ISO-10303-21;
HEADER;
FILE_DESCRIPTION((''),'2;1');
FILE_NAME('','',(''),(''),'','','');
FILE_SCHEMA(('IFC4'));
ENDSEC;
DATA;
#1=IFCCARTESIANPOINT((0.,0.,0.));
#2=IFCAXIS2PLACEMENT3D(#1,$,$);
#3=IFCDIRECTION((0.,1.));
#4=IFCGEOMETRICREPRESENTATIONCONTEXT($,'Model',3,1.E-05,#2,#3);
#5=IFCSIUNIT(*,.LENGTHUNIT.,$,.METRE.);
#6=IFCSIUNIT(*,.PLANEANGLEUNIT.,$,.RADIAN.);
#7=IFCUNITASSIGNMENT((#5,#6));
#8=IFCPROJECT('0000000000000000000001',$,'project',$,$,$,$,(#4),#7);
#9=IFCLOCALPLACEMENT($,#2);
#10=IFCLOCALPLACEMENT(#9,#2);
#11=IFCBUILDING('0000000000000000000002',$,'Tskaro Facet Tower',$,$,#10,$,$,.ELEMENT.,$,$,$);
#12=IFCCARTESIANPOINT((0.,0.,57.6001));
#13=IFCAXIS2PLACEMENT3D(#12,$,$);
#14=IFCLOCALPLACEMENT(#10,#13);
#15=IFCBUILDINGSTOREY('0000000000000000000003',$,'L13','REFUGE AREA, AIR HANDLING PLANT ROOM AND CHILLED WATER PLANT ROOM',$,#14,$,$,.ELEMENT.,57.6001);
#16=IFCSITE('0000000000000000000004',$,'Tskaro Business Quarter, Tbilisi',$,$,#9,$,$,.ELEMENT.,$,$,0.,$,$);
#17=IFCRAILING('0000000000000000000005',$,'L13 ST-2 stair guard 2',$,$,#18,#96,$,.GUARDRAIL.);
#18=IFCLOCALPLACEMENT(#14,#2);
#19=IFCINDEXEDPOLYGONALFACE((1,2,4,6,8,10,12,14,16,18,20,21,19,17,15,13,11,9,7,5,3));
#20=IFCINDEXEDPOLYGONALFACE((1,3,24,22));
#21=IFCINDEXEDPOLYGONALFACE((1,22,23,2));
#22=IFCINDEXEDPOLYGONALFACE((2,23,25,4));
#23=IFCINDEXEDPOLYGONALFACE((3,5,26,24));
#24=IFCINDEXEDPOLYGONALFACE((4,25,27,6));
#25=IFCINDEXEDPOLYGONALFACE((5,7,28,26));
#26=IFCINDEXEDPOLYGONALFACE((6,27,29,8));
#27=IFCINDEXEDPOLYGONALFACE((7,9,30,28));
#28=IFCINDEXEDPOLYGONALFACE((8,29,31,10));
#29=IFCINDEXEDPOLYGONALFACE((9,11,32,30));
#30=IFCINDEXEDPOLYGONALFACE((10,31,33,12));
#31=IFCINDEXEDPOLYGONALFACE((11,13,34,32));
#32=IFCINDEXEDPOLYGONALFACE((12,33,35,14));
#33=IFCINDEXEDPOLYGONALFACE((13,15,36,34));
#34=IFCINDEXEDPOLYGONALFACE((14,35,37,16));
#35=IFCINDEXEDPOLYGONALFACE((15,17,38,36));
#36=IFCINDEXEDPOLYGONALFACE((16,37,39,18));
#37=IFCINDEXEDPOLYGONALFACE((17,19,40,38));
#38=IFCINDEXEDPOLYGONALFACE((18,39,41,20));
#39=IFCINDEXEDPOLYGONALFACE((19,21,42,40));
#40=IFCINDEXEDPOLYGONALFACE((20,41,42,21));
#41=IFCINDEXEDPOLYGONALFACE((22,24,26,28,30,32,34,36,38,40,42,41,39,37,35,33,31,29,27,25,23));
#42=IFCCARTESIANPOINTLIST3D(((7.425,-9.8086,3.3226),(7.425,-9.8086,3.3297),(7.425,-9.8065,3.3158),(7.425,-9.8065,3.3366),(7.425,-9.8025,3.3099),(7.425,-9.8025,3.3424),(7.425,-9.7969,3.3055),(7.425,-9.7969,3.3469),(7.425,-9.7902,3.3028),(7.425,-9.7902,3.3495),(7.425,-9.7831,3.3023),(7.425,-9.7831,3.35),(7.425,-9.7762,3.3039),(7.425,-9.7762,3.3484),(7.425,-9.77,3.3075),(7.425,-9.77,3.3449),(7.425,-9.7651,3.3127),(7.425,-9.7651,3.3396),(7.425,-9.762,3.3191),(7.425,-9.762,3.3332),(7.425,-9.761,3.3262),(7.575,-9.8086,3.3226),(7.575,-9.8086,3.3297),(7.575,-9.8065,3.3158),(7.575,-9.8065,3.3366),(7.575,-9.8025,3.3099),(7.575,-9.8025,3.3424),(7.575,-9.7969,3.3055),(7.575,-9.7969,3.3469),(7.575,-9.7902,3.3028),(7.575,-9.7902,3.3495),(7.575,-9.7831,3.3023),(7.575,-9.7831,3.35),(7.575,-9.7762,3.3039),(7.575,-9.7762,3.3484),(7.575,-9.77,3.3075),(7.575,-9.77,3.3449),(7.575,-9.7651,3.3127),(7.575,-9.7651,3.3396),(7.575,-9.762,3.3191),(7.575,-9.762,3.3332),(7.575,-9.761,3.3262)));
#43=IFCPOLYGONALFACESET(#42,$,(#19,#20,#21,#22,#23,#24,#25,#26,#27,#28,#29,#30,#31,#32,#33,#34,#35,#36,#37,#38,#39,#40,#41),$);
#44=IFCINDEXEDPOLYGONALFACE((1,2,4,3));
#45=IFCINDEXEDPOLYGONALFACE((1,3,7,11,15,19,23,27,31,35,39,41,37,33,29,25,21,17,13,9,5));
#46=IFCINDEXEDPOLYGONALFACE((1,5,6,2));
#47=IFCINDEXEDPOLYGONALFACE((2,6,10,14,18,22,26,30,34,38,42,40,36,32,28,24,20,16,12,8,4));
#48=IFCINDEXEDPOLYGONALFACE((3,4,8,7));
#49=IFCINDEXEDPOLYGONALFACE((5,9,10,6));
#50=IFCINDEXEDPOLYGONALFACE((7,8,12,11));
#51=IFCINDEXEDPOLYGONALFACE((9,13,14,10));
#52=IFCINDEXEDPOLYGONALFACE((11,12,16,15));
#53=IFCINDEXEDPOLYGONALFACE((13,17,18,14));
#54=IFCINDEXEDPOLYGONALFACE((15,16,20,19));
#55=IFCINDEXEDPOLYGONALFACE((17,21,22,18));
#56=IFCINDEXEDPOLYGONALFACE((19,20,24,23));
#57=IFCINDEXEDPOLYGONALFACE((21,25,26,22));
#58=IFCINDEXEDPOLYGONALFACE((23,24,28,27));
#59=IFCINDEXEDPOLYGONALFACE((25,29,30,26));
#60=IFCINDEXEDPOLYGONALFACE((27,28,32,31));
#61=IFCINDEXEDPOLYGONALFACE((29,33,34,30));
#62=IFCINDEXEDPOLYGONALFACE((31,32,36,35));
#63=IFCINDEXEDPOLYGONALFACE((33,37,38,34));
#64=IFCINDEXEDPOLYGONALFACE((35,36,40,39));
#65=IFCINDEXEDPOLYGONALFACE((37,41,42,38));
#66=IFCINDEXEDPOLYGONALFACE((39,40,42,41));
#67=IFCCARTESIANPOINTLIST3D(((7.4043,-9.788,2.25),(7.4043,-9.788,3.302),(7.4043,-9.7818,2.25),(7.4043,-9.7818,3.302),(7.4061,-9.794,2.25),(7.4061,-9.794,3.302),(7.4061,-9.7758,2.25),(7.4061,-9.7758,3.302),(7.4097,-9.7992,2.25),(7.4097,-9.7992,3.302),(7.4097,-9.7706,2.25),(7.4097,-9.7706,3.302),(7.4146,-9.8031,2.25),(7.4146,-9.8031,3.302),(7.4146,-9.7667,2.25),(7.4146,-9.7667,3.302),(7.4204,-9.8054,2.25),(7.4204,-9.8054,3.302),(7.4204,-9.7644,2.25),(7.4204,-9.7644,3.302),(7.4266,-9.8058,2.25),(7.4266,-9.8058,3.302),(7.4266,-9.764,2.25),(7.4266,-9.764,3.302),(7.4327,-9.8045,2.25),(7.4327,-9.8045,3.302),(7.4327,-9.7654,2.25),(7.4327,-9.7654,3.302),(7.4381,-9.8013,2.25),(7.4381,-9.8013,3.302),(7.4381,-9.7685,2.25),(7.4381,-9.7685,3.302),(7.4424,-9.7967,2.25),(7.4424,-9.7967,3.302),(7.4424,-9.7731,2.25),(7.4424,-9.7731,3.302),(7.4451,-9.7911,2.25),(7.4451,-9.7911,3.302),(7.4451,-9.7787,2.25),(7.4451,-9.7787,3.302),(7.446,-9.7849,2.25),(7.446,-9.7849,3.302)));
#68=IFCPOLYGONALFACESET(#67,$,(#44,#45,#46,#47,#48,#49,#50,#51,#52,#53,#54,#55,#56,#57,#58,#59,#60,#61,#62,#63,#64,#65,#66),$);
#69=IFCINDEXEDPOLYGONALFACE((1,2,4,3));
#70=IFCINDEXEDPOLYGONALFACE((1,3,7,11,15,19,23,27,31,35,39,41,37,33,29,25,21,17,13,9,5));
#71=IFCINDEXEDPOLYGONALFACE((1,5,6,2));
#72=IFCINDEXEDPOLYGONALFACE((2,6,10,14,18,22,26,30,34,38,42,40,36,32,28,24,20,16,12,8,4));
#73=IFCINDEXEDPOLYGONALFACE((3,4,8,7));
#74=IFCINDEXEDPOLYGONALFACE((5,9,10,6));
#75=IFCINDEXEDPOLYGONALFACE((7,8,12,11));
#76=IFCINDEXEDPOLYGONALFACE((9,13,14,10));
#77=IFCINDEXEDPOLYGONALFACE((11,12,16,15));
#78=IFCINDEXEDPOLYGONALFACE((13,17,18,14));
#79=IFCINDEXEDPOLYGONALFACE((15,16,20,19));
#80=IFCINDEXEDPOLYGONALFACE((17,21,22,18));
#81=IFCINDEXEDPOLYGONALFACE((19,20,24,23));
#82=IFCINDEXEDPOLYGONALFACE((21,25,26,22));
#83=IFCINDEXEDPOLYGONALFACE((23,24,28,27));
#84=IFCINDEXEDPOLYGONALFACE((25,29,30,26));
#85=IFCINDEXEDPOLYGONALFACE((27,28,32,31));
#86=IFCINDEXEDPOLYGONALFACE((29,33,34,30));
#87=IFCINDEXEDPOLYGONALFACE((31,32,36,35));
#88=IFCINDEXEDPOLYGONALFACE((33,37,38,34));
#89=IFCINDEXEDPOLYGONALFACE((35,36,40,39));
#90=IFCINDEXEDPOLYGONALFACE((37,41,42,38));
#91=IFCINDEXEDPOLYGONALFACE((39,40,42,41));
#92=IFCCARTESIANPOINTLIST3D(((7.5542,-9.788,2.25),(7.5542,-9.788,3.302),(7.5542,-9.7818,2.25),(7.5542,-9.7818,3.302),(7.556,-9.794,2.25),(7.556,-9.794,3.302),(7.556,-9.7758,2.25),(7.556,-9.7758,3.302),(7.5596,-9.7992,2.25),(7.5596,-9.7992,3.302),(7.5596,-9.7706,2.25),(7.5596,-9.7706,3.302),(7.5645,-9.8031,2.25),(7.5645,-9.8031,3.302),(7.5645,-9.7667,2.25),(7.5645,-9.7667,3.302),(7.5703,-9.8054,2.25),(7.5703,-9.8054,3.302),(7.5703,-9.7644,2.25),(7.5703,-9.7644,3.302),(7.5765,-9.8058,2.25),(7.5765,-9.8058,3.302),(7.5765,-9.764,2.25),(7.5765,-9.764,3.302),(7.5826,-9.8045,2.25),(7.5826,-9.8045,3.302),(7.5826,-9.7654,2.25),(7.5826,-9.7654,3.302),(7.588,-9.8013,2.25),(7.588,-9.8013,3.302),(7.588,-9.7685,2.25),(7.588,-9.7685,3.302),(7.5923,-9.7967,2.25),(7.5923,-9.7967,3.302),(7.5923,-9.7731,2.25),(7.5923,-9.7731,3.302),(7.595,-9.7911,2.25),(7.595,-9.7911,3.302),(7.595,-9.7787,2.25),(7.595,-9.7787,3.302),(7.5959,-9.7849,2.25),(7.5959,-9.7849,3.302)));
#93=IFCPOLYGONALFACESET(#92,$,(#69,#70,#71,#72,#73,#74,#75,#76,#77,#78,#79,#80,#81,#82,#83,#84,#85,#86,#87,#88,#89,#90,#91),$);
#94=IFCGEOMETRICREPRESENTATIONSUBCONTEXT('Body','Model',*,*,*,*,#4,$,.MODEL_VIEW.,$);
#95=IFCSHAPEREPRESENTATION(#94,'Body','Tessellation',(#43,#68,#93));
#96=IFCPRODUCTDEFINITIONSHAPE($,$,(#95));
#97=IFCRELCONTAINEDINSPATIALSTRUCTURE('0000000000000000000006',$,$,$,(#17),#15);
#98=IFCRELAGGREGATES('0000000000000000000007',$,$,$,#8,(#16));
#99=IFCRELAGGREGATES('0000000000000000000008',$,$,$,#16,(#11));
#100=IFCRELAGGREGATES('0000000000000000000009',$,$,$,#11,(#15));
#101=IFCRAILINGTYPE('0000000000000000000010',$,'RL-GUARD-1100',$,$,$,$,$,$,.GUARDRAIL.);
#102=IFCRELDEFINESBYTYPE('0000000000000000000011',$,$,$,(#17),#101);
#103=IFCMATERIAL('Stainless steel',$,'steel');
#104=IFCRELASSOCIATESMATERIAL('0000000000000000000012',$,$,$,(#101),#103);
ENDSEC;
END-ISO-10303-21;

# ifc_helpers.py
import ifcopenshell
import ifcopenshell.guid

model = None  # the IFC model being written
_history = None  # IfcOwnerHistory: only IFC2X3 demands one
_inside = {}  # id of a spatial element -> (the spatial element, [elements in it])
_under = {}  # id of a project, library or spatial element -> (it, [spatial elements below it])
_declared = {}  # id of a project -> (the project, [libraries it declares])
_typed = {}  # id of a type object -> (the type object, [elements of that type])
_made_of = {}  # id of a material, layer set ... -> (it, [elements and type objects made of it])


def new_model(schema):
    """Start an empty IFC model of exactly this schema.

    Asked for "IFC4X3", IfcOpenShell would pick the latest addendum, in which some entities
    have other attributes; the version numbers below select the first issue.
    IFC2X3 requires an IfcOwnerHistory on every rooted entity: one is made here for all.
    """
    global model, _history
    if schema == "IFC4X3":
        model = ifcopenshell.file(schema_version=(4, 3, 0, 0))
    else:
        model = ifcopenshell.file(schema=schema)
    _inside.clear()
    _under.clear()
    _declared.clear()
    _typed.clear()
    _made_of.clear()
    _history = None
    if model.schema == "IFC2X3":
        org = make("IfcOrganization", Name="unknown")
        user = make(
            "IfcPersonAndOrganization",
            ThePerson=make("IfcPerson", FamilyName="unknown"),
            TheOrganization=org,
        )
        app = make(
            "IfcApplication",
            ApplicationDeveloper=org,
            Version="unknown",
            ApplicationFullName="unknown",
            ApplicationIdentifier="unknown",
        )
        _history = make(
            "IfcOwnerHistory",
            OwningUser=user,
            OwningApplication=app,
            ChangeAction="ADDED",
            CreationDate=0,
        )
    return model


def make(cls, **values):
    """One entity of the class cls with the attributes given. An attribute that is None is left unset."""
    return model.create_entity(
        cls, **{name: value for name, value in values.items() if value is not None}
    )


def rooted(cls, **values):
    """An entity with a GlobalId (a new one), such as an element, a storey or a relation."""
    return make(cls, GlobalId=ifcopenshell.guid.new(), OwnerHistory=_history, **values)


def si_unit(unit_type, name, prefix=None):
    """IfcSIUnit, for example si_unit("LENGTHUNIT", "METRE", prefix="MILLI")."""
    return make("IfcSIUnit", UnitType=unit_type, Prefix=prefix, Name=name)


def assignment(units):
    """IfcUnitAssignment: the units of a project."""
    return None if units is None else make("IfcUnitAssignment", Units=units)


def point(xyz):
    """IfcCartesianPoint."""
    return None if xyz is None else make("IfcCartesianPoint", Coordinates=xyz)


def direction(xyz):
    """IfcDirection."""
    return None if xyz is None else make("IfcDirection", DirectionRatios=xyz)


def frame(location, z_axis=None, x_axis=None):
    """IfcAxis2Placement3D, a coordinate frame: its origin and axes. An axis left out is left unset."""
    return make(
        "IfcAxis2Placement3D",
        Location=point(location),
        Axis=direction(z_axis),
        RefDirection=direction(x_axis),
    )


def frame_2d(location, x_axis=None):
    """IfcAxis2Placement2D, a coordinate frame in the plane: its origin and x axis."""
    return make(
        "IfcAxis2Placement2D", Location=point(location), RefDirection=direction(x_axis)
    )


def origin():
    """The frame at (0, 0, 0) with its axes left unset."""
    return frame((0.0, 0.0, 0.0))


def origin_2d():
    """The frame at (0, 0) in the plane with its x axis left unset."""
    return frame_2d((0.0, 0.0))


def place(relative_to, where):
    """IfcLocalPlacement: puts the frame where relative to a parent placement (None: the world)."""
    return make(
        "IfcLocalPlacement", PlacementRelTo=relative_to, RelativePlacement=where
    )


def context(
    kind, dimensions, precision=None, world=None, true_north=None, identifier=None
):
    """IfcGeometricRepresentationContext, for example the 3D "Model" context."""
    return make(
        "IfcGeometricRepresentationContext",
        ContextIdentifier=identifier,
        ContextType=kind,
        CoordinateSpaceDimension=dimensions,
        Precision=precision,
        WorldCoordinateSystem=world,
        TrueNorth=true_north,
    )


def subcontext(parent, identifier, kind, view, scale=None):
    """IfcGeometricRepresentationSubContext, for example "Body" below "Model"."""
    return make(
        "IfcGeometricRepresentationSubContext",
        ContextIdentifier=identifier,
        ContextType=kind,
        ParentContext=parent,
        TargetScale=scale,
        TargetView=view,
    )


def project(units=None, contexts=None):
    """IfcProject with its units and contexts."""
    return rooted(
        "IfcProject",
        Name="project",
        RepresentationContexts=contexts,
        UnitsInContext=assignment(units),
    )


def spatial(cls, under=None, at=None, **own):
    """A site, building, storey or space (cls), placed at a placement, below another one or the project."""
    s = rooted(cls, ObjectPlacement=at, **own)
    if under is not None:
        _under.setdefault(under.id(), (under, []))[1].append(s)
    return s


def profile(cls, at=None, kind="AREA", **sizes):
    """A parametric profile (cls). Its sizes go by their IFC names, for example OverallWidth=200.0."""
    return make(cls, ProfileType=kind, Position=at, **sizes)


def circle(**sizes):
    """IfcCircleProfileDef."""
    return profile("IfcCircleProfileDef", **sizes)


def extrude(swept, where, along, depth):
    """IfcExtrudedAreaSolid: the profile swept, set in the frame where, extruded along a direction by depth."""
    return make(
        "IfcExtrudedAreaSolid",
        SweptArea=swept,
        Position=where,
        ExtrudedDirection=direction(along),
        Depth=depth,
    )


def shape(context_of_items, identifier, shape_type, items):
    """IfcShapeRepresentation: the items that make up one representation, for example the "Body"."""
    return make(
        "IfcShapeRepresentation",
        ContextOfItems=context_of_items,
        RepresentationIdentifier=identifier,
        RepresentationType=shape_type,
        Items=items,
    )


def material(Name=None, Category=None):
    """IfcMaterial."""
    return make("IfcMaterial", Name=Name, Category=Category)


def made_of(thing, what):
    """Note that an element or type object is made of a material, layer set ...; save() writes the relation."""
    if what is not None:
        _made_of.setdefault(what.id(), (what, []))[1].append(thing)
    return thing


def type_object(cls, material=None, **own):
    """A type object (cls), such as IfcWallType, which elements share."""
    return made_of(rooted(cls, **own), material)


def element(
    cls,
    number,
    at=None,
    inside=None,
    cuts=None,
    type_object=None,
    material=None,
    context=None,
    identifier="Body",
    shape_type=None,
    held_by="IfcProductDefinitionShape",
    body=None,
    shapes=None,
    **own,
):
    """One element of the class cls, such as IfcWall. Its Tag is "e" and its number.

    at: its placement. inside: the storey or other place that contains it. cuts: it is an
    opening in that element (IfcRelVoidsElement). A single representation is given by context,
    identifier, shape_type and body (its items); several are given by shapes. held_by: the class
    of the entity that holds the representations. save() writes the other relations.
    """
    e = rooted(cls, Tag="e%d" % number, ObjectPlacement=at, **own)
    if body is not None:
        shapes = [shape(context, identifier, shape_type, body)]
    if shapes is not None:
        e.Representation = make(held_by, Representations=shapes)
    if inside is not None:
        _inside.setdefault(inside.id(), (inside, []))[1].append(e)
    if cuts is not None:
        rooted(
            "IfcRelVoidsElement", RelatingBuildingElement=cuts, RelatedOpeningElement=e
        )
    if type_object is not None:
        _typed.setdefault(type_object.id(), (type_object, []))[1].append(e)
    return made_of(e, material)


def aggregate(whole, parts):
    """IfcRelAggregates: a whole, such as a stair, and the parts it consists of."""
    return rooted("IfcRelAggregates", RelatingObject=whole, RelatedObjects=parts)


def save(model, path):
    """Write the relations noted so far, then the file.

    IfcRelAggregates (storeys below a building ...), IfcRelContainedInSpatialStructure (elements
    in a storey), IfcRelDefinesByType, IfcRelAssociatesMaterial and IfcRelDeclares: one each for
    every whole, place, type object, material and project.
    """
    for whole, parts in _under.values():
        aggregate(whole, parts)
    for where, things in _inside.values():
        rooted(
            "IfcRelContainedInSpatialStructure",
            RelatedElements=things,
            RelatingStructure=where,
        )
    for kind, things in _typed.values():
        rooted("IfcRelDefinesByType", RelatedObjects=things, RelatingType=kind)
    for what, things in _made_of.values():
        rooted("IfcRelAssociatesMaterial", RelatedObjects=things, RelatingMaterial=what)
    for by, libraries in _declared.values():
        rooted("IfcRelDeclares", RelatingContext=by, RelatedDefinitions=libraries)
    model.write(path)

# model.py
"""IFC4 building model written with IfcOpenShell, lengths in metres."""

from ifc_helpers import new_model, si_unit, direction, frame, origin, origin_2d, place, context, subcontext, project, spatial, circle, extrude, material, type_object, element, save


model = new_model("IFC4")

# Units and contexts
model_context = context("Model", 3, precision=1e-05, world=origin(), true_north=direction((0.0, 1.0)))
body_context = subcontext(model_context, "Body", "Model", "MODEL_VIEW")
ifc_project = project(units=[si_unit("LENGTHUNIT", "METRE"), si_unit("PLANEANGLEUNIT", "RADIAN")], contexts=[model_context])

# Site, building, storey
site_placement = place(None, origin())
site = spatial("IfcSite", under=ifc_project, at=site_placement, Name="Tskaro Business Quarter, Tbilisi", CompositionType="ELEMENT", RefElevation=0.0)
building_placement = place(site_placement, origin())
building = spatial("IfcBuilding", under=site, at=building_placement, Name="Tskaro Facet Tower", CompositionType="ELEMENT")
storey_placement = place(building_placement, frame((0.0, 0.0, 57.6001)))
storey = spatial("IfcBuildingStorey", under=building, at=storey_placement, Name="L13", Description="REFUGE AREA, AIR HANDLING PLANT ROOM AND CHILLED WATER PLANT ROOM", CompositionType="ELEMENT", Elevation=57.6001)

# Railing
ifc_material_1 = material(Name="Stainless steel", Category="steel")
railing_type = type_object("IfcRailingType", Name="RL-GUARD-1100", PredefinedType="GUARDRAIL", material=ifc_material_1)
railing_1_placement = place(storey_placement, frame((7.425, -9.7849, 2.25)))
element("IfcRailing", 1, at=railing_1_placement, inside=storey, type_object=railing_type, Name="L13 ST-2 stair guard 2", PredefinedType="GUARDRAIL", context=body_context, shape_type="SweptSolid", body=[
    extrude(circle(Radius=0.0239, at=origin_2d()), frame((0.0, 0.0, 1.0762), z_axis=(1.0, 0.0, 0.0), x_axis=(0.0, 1.0, 0.0)), (0.0, 0.0, 1.0), 0.1499),
    extrude(circle(Radius=0.021, at=origin_2d()), origin(), (0.0, 0.0, 1.0), 1.052),
    extrude(circle(Radius=0.021, at=origin_2d()), frame((0.1499, 0.0, 0.0)), (0.0, 0.0, 1.0), 1.052),
])

save(model, "model.ifc")
